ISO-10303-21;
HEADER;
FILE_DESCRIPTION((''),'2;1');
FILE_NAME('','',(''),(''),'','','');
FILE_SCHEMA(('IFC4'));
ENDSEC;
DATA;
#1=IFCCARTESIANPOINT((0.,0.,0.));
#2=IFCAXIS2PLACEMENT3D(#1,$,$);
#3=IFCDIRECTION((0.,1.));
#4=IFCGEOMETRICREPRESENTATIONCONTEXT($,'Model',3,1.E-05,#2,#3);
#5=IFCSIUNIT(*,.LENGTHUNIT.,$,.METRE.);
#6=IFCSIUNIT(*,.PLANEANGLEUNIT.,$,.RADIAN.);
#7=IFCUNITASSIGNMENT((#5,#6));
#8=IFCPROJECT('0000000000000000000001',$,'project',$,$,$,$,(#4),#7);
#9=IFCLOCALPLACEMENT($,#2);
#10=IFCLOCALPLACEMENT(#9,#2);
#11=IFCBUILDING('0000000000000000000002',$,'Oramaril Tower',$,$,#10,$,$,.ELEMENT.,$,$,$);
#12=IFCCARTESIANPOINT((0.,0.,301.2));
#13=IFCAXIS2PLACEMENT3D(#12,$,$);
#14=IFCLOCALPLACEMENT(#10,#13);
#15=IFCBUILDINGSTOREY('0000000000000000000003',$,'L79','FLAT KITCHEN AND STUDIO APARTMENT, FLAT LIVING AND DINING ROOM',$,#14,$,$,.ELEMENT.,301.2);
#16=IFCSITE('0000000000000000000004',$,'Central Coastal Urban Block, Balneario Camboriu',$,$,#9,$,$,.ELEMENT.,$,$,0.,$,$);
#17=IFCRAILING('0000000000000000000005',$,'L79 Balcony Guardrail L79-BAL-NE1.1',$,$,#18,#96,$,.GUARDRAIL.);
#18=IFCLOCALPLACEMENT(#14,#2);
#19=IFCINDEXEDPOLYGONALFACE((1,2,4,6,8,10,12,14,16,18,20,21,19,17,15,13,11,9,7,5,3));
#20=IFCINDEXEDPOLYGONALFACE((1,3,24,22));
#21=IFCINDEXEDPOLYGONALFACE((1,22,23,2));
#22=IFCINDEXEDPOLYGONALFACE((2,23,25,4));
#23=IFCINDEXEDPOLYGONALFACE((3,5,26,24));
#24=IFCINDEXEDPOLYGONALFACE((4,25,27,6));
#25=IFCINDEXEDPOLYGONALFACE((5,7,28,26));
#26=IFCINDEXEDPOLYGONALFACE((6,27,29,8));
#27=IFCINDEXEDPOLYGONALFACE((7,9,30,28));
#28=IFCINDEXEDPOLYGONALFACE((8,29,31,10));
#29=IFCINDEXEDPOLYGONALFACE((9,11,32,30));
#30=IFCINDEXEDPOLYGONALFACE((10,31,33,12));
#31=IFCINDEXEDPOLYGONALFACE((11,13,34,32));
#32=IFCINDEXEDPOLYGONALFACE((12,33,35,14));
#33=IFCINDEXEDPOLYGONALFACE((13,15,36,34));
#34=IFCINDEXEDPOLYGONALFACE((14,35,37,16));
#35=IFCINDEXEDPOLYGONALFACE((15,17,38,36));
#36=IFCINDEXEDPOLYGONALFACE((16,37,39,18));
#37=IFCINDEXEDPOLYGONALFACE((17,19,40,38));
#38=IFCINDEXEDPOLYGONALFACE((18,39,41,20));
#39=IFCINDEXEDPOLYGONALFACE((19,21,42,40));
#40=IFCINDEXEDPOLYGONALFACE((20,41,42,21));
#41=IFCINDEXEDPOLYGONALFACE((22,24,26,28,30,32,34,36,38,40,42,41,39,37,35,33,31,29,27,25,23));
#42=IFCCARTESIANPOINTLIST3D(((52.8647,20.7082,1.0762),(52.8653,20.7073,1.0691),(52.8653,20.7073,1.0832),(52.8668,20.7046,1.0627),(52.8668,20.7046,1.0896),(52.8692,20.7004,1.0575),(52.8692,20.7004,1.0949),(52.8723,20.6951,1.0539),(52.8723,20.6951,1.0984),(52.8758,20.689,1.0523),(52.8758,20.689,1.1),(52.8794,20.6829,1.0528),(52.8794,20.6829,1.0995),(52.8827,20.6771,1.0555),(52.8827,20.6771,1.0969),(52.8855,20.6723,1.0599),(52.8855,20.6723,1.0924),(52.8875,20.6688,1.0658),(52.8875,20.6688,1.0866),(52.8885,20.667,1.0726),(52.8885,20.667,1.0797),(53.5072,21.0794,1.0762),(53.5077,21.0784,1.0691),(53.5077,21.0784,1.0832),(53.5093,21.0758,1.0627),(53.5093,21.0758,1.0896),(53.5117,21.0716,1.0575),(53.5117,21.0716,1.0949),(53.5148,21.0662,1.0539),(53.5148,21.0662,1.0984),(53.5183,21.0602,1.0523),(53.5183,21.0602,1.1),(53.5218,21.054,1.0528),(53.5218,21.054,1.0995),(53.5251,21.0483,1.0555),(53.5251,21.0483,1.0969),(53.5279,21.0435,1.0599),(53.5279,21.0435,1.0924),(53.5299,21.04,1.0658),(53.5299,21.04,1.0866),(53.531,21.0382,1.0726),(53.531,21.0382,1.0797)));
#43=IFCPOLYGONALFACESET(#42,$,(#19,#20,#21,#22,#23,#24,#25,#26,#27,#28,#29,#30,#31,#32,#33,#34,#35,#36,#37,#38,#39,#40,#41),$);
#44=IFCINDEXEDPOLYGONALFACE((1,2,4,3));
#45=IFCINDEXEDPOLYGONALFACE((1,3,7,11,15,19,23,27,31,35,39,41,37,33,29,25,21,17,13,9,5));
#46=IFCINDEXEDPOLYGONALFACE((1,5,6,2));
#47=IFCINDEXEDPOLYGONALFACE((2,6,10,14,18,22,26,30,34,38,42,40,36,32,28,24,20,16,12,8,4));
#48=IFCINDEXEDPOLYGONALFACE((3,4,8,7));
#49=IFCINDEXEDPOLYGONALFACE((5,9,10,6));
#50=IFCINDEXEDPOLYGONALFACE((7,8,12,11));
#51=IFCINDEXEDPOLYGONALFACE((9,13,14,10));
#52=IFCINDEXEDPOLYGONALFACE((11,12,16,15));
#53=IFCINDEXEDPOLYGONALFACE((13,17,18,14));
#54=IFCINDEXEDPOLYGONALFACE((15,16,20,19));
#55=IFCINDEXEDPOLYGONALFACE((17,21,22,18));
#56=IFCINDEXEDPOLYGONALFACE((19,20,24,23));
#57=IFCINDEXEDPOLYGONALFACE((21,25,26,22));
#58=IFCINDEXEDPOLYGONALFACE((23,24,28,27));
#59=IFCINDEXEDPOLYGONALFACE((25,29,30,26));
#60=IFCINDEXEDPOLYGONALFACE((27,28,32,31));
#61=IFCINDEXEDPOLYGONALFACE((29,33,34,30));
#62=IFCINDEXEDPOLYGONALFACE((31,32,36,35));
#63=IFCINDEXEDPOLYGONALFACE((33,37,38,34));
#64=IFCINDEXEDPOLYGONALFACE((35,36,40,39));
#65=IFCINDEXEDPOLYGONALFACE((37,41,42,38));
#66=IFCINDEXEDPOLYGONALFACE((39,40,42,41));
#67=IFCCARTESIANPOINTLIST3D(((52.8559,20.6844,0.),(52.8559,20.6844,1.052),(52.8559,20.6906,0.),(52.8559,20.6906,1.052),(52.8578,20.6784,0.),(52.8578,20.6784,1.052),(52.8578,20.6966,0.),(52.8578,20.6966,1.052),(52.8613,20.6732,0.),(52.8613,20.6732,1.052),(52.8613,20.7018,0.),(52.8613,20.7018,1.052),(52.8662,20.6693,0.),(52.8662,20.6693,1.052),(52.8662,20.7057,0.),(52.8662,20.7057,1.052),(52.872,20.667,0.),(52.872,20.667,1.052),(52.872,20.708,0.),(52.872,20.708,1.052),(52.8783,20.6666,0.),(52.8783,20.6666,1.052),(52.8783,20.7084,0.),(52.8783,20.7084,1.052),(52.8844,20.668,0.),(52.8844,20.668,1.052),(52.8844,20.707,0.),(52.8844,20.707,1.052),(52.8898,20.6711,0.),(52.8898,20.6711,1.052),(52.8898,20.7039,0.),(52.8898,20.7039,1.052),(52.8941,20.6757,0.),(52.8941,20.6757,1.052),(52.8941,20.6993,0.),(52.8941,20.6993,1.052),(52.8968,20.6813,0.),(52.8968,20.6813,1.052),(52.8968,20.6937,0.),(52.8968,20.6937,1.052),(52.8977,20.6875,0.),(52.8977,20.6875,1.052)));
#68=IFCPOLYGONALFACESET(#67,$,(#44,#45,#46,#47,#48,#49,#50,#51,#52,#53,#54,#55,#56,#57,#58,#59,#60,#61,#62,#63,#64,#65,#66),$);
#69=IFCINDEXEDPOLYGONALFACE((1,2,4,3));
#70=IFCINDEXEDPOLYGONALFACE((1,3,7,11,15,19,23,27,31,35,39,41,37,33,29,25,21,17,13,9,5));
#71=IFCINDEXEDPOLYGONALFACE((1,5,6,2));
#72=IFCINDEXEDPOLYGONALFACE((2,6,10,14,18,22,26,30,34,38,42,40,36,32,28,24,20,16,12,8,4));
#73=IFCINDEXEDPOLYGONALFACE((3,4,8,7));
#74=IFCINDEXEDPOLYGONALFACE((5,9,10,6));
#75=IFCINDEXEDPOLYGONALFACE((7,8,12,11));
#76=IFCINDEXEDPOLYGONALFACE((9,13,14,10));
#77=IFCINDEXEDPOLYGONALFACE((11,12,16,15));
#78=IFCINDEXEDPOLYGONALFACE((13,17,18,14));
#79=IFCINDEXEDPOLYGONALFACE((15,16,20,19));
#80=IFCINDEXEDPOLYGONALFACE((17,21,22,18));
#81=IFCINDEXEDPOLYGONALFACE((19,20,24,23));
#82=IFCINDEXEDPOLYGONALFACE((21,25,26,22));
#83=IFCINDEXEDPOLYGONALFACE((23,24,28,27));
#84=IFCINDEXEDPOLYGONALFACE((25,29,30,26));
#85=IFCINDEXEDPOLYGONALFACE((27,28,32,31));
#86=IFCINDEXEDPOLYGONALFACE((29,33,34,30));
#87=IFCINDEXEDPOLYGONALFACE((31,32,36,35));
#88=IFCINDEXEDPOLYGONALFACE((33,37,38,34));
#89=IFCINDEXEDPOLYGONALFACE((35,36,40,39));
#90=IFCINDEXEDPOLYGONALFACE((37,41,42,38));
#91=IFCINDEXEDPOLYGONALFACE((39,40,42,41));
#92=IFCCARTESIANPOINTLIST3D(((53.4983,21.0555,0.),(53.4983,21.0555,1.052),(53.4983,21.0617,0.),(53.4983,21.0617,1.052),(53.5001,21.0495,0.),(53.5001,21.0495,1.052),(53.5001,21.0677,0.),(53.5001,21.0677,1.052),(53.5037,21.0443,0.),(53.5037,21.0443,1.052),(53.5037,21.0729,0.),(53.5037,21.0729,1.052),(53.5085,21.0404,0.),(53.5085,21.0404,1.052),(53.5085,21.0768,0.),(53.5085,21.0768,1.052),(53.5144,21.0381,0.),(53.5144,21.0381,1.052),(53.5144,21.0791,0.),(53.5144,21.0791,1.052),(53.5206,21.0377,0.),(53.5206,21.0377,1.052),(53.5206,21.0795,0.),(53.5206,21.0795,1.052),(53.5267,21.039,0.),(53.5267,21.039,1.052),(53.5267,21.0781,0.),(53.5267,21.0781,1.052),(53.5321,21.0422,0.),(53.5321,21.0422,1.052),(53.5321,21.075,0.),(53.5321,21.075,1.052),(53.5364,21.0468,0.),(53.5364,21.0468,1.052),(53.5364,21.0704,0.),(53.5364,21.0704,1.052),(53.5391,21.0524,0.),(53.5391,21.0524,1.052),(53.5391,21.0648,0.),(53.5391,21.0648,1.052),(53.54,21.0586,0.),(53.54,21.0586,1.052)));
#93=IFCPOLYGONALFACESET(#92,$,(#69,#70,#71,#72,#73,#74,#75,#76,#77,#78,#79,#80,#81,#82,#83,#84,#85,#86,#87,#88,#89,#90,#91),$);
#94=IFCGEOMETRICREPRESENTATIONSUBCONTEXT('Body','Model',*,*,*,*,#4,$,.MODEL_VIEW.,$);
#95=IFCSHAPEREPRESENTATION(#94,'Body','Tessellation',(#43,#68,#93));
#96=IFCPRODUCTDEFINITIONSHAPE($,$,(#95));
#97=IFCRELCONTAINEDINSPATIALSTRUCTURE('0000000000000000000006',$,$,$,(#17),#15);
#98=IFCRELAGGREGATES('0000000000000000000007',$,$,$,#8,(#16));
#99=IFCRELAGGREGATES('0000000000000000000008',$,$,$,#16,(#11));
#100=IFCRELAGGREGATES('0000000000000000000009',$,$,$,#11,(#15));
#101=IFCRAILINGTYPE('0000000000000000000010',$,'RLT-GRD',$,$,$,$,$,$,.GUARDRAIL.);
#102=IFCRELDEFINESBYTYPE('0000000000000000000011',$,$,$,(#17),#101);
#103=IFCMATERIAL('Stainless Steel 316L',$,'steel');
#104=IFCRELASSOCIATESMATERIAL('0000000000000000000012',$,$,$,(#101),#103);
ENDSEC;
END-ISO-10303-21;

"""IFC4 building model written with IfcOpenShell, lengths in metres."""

from ifc_helpers import new_model, si_unit, direction, frame, origin, origin_2d, place, context, subcontext, project, spatial, circle, extrude, material, type_object, element, save


model = new_model("IFC4")

# Units and contexts
model_context = context("Model", 3, precision=1e-05, world=origin(), true_north=direction((0.0, 1.0)))
body_context = subcontext(model_context, "Body", "Model", "MODEL_VIEW")
ifc_project = project(units=[si_unit("LENGTHUNIT", "METRE"), si_unit("PLANEANGLEUNIT", "RADIAN")], contexts=[model_context])

# Site, building, storey
site_placement = place(None, origin())
site = spatial("IfcSite", under=ifc_project, at=site_placement, Name="Central Coastal Urban Block, Balneario Camboriu", CompositionType="ELEMENT", RefElevation=0.0)
building_placement = place(site_placement, origin())
building = spatial("IfcBuilding", under=site, at=building_placement, Name="Oramaril Tower", CompositionType="ELEMENT")
storey_placement = place(building_placement, frame((0.0, 0.0, 301.2)))
storey = spatial("IfcBuildingStorey", under=building, at=storey_placement, Name="L79", Description="FLAT KITCHEN AND STUDIO APARTMENT, FLAT LIVING AND DINING ROOM", CompositionType="ELEMENT", Elevation=301.2)

# Railing
ifc_material_1 = material(Name="Stainless Steel 316L", Category="steel")
railing_type_1 = type_object("IfcRailingType", Name="RLT-GRD", PredefinedType="GUARDRAIL", material=ifc_material_1)
railing_1_placement = place(storey_placement, frame((52.8767, 20.6875, 0.0)))
element("IfcRailing", 1, at=railing_1_placement, inside=storey, type_object=railing_type_1, Name="L79 Balcony Guardrail L79-BAL-NE1.1", PredefinedType="GUARDRAIL", context=body_context, shape_type="SweptSolid", body=[
    extrude(circle(Radius=0.0239, at=origin_2d()), frame((0.0, 0.0, 1.0762), z_axis=(0.865884, 0.500245, 0.0), x_axis=(-0.500245, 0.865884, 0.0)), (0.0, 0.0, 1.0), 0.7419),
    extrude(circle(Radius=0.021, at=origin_2d()), origin(), (0.0, 0.0, 1.0), 1.052),
    extrude(circle(Radius=0.021, at=origin_2d()), frame((0.6423, 0.3711, 0.0)), (0.0, 0.0, 1.0), 1.052),
])

save(model, "model.ifc")
